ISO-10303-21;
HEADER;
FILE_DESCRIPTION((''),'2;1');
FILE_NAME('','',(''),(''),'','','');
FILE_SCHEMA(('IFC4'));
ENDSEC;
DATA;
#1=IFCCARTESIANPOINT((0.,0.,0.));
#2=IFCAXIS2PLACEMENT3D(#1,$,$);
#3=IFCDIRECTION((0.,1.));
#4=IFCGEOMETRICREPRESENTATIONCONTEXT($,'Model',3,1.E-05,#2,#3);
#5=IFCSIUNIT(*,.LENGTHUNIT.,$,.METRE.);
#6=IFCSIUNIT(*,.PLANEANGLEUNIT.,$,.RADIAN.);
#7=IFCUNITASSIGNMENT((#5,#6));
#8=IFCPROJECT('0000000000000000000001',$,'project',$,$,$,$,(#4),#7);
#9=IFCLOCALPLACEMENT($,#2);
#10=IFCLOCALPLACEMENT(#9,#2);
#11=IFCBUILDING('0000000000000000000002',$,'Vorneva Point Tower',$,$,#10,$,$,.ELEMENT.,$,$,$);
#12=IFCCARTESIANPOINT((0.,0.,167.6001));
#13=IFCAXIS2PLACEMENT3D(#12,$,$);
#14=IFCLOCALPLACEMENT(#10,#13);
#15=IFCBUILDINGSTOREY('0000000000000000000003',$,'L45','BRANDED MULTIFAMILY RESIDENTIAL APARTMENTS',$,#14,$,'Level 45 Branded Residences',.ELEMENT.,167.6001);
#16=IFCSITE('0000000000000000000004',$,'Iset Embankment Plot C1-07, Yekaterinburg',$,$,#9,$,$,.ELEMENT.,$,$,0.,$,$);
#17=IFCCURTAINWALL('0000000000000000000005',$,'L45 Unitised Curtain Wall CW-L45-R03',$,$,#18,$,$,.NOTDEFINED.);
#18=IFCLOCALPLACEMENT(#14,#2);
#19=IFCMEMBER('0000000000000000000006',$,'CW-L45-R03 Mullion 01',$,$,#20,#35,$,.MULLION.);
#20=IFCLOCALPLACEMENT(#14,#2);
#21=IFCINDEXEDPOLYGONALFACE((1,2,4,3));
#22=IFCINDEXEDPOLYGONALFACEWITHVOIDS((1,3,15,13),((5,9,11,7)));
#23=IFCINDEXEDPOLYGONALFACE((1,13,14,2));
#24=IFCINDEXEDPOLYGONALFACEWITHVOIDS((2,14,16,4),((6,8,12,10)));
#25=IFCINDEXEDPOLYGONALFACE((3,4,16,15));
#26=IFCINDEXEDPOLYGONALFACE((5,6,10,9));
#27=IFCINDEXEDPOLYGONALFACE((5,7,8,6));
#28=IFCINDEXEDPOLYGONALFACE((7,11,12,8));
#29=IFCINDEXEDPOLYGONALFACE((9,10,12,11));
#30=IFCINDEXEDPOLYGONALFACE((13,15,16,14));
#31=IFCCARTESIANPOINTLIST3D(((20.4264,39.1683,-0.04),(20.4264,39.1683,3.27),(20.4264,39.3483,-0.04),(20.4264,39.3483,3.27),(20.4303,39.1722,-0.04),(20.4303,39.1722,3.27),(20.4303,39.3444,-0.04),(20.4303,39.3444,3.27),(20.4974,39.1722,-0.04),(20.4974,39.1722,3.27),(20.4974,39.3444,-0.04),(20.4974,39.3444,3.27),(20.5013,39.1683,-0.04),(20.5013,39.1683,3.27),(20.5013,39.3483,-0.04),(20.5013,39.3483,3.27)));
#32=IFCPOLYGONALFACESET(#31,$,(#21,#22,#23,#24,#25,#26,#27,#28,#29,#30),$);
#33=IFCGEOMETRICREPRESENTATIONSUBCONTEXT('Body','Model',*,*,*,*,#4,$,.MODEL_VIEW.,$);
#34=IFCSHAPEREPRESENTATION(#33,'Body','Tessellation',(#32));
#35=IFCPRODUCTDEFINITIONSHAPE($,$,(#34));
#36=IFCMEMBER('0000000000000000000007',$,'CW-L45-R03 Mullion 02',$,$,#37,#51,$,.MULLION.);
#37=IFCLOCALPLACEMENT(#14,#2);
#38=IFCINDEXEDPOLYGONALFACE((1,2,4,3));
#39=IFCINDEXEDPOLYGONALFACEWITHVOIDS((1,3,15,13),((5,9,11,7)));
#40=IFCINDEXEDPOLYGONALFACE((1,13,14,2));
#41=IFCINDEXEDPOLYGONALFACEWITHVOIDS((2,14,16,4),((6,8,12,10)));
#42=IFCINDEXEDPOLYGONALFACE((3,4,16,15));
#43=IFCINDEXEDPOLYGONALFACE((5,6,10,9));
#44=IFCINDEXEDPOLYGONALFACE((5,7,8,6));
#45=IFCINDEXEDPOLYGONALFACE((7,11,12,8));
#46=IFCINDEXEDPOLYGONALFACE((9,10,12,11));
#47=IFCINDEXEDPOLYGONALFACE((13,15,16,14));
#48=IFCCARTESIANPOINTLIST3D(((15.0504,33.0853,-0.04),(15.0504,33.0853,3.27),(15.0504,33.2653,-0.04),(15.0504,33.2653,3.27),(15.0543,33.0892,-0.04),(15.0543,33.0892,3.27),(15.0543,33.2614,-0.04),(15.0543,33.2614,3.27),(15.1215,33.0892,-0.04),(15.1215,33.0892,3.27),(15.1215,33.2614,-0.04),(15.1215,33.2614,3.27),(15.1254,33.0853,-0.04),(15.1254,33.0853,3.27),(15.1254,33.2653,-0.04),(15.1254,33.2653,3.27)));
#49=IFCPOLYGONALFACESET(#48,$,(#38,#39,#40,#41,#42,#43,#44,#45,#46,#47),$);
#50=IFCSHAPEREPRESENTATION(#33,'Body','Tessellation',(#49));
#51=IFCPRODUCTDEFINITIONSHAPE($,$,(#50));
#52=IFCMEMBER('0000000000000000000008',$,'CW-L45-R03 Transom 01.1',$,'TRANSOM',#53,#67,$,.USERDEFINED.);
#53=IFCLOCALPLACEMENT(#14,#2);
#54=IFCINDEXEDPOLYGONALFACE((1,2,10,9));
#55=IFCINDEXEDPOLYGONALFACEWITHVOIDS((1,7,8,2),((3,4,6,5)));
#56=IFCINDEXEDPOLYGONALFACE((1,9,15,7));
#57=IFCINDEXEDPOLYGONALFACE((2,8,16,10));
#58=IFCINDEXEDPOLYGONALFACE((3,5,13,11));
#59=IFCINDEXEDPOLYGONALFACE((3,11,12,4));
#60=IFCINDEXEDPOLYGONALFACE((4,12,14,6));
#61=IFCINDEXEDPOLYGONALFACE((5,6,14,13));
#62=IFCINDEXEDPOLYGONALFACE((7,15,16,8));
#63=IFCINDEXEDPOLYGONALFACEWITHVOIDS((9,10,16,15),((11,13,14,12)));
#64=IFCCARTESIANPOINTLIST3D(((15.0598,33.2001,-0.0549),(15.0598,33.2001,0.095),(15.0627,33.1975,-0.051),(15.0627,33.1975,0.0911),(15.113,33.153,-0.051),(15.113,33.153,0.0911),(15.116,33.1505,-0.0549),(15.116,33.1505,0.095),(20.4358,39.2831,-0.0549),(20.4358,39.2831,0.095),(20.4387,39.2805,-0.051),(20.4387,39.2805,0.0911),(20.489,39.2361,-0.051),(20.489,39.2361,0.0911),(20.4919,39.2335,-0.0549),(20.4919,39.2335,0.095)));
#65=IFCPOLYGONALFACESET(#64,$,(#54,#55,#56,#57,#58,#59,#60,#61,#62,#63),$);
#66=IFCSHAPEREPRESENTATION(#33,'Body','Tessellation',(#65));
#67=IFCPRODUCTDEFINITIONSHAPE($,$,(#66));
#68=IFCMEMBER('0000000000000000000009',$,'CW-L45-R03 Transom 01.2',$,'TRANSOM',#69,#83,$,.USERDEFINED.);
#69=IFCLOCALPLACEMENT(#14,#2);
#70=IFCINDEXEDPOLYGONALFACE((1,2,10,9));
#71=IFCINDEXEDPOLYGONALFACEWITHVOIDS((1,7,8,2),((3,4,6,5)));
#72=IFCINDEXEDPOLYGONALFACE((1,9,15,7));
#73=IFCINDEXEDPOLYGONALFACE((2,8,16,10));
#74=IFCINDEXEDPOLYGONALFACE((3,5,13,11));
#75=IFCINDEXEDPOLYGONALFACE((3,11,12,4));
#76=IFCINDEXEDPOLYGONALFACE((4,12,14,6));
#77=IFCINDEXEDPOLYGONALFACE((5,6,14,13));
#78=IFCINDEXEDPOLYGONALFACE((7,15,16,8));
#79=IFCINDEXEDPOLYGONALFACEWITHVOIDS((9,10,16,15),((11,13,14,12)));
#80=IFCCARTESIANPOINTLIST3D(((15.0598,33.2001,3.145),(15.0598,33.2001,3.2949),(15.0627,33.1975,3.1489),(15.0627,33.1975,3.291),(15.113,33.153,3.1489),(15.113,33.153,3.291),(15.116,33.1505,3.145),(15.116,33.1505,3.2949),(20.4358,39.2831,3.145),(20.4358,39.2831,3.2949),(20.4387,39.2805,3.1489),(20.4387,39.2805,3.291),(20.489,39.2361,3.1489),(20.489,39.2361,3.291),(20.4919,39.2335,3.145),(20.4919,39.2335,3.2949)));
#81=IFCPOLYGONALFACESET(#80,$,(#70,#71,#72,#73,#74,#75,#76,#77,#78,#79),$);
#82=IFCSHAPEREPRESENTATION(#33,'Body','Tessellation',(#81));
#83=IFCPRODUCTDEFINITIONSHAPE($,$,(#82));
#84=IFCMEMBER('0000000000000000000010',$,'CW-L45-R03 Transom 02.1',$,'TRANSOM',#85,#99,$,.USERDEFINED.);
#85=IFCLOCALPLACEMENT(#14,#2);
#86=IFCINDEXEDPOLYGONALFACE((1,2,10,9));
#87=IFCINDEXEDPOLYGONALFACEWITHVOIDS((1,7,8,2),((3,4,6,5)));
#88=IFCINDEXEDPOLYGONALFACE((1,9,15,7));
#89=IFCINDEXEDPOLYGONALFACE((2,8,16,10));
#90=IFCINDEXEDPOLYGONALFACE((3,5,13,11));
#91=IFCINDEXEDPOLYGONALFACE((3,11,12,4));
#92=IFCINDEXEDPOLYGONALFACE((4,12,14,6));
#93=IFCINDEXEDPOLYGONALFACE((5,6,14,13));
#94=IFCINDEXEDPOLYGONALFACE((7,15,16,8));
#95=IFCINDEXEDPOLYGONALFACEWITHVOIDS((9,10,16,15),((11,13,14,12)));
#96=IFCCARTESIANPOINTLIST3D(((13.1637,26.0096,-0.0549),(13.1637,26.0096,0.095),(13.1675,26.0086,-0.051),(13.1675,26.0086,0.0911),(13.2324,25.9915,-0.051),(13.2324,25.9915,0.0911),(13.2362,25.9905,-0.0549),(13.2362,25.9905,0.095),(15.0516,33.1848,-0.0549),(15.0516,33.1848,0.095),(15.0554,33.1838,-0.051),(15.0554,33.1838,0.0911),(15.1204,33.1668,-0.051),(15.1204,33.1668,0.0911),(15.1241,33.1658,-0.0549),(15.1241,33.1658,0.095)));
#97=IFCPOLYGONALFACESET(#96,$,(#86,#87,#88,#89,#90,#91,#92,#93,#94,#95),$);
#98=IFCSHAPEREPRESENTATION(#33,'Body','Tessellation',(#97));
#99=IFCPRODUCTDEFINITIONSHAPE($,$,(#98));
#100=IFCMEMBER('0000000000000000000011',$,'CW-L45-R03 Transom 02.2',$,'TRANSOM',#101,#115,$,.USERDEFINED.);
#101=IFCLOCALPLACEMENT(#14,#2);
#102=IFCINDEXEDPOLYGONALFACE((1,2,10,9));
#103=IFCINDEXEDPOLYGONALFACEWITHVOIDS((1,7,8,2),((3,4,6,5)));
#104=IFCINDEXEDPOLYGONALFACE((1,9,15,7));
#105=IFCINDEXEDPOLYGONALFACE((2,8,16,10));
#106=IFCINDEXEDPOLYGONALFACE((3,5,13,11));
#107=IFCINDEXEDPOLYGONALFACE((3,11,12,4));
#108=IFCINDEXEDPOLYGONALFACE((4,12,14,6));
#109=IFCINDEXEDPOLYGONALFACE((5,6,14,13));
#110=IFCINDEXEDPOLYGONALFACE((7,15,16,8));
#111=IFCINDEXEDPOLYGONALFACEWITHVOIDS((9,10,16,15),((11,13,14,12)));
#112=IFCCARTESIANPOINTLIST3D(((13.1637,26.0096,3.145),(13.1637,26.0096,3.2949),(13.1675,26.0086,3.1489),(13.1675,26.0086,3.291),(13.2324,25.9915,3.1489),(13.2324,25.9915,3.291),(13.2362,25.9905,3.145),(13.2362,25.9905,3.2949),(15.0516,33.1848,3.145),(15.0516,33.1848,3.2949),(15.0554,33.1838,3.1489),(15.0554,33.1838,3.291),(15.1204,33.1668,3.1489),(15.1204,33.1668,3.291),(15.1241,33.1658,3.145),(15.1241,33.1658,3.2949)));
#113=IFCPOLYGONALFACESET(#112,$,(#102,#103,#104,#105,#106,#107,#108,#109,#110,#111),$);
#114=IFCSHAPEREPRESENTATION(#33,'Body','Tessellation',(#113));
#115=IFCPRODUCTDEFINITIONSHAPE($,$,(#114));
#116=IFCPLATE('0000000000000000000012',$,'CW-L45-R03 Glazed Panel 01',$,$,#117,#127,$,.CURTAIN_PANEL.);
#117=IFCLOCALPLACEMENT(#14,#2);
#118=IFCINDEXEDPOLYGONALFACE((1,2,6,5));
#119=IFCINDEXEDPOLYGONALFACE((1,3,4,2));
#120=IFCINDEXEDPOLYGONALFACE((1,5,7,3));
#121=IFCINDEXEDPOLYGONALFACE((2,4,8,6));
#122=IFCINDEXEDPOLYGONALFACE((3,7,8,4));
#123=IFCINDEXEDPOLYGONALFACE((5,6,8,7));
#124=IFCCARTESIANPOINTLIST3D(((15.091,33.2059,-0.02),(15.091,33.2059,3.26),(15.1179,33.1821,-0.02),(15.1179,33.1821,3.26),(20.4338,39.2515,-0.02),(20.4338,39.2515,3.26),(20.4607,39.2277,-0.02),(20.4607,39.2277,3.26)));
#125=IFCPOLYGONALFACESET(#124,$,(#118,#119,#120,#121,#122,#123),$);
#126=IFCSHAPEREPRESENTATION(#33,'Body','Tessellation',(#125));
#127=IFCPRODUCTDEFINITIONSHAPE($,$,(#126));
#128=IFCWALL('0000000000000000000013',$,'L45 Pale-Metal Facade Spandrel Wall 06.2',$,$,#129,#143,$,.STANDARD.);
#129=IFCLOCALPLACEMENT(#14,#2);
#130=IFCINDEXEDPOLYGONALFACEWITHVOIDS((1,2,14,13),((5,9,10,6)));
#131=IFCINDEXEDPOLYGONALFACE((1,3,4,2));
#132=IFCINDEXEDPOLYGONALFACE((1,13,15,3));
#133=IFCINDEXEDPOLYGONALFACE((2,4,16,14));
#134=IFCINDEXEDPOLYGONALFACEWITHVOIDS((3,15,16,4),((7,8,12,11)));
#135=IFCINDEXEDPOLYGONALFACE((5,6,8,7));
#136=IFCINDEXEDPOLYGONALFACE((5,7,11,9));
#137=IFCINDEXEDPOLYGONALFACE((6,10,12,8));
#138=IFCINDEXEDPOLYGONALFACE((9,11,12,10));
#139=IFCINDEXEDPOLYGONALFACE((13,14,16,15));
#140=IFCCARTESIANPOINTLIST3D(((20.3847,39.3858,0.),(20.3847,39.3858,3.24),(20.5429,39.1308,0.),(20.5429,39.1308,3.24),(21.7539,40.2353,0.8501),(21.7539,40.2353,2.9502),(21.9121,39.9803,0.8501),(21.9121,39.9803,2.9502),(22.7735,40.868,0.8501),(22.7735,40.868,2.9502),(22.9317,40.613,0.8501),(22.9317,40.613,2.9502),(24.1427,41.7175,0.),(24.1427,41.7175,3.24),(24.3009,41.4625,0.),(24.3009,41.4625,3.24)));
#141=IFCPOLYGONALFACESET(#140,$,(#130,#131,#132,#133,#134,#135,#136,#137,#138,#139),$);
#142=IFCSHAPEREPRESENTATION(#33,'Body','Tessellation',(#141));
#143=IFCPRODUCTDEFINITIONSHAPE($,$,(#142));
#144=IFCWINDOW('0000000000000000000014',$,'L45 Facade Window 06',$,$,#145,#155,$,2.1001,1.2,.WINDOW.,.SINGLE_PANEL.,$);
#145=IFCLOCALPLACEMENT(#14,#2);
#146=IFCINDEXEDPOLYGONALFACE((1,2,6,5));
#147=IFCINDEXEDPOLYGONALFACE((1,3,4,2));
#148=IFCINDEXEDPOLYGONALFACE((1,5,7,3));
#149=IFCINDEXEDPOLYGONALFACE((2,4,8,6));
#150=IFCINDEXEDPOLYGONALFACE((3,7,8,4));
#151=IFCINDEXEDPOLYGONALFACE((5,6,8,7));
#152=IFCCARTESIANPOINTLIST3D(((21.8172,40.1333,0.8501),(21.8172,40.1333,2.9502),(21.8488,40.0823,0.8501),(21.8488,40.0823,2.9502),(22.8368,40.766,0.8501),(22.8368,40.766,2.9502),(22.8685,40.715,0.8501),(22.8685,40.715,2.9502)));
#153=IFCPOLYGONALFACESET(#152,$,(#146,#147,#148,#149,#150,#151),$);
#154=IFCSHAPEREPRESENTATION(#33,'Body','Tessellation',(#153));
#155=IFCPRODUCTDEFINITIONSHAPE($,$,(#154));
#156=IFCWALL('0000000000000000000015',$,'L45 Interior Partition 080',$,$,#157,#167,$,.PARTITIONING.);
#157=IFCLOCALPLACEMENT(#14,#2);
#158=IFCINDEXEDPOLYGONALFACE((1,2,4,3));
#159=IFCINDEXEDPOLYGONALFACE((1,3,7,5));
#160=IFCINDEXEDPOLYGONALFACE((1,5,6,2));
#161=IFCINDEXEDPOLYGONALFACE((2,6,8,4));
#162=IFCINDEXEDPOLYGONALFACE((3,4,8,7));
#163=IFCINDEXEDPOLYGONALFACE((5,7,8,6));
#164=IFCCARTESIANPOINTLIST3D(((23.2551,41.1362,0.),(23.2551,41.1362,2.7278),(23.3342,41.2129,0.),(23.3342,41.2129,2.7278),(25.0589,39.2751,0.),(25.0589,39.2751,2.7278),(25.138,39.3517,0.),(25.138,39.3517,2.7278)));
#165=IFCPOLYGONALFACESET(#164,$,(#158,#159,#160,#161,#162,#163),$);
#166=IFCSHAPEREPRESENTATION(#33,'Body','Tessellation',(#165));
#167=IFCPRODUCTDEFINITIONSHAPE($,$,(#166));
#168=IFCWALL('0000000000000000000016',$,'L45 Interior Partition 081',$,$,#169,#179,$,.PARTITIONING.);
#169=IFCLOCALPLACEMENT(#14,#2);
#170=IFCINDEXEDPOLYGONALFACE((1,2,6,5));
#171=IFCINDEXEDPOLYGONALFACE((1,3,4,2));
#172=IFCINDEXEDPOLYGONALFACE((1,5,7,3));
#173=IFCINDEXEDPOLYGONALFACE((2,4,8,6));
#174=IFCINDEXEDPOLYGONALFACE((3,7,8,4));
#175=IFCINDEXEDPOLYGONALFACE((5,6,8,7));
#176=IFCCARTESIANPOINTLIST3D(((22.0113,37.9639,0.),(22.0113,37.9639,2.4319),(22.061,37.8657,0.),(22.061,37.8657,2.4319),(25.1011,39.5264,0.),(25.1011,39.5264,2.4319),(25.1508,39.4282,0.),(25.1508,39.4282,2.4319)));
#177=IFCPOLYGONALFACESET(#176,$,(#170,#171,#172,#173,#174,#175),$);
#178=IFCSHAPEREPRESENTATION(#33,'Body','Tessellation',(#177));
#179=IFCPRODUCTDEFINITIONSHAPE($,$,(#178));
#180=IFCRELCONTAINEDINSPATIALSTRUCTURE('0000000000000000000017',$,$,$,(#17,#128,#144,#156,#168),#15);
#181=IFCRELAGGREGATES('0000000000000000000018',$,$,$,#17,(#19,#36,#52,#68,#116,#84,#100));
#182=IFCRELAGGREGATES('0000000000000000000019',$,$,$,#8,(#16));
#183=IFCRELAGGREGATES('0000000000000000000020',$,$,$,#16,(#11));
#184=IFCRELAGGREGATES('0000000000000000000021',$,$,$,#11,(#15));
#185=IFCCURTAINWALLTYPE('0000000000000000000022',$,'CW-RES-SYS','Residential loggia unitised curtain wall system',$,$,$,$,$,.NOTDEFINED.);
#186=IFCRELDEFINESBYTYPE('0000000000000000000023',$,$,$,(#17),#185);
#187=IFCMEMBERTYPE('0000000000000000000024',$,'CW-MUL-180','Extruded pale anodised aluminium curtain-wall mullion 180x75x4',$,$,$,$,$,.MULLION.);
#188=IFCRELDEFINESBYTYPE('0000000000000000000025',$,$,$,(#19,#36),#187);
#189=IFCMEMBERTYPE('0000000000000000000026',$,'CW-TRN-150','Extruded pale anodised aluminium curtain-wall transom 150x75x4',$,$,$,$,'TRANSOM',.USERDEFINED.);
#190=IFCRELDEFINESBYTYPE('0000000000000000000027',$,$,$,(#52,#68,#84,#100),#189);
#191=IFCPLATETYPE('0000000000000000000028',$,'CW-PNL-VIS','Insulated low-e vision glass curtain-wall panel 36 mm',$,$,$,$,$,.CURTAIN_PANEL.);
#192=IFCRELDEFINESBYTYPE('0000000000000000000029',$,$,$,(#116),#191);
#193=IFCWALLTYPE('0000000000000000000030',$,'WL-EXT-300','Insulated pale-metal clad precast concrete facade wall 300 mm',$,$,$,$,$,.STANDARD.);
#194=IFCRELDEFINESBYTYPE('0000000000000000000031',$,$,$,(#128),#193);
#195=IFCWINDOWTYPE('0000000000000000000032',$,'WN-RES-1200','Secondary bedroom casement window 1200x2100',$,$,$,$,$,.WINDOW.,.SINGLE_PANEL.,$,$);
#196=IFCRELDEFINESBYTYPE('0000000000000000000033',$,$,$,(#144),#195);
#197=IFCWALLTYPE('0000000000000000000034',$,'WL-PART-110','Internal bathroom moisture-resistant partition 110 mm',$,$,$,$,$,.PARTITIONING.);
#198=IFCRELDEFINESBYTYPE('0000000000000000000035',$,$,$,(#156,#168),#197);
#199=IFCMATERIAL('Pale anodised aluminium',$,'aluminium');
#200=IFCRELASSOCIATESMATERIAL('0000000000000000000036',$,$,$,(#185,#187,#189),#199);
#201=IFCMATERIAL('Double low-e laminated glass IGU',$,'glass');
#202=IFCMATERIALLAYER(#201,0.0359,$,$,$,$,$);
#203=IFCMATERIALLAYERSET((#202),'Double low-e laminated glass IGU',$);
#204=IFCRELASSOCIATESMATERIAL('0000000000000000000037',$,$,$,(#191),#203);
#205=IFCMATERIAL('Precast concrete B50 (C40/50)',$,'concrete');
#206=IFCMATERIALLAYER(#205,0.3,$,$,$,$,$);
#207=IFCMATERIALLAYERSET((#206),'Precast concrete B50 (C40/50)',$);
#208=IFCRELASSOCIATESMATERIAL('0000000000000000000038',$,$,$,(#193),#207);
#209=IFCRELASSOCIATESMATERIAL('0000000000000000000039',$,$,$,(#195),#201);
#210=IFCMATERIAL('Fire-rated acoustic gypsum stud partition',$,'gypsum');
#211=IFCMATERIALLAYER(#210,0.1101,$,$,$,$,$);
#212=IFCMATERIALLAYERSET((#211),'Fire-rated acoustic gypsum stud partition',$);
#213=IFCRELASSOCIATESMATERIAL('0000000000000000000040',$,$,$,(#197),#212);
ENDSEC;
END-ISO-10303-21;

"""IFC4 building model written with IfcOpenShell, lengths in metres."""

from ifc_helpers import new_model, si_unit, direction, frame, frame_2d, origin, origin_2d, place, context, subcontext, project, spatial, rectangle, hollow_rectangle, extrude, material, layer, layer_set, material_profile, profile_set, type_object, element, fill, aggregate, save


model = new_model("IFC4")

# Units and contexts
model_context = context("Model", 3, precision=1e-05, world=origin(), true_north=direction((0.0, 1.0)))
body_context = subcontext(model_context, "Body", "Model", "MODEL_VIEW")
ifc_project = project(units=[si_unit("LENGTHUNIT", "METRE"), si_unit("PLANEANGLEUNIT", "RADIAN")], contexts=[model_context])

# Site, building, storey
site_placement = place(None, origin())
site = spatial("IfcSite", under=ifc_project, at=site_placement, Name="Iset Embankment Plot C1-07, Yekaterinburg", CompositionType="ELEMENT", RefElevation=0.0)
building_placement = place(site_placement, origin())
building = spatial("IfcBuilding", under=site, at=building_placement, Name="Vorneva Point Tower", CompositionType="ELEMENT")
storey_placement = place(building_placement, frame((0.0, 0.0, 167.6001)))
storey = spatial("IfcBuildingStorey", under=building, at=storey_placement, Name="L45", Description="BRANDED MULTIFAMILY RESIDENTIAL APARTMENTS", LongName="Level 45 Branded Residences", CompositionType="ELEMENT", Elevation=167.6001)

# Curtain wall, members, plate
ifc_material_1 = material(Name="Pale anodised aluminium", Category="aluminium")
curtain_wall_type = type_object("IfcCurtainWallType", Name="CW-RES-SYS", Description="Residential loggia unitised curtain wall system", PredefinedType="NOTDEFINED", material=ifc_material_1)
curtain_wall_placement = place(storey_placement, origin())
curtain_wall = element("IfcCurtainWall", 1, at=curtain_wall_placement, inside=storey, type_object=curtain_wall_type, Name="L45 Unitised Curtain Wall CW-L45-R03", PredefinedType="NOTDEFINED")
ifc_material_profile_1 = material_profile(ifc_material_1, hollow_rectangle(XDim=0.075, YDim=0.1799, WallThickness=0.0039, at=origin_2d()), Name="AL-MUL 180x75x4")
ifc_profile_set_1 = profile_set([ifc_material_profile_1], Name="Pale anodised aluminium")
member_type_1 = type_object("IfcMemberType", Name="CW-MUL-180", Description="Extruded pale anodised aluminium curtain-wall mullion 180x75x4", PredefinedType="MULLION", material=ifc_profile_set_1)
member_1_placement = place(storey_placement, frame((20.4639, 39.2583, -0.04), z_axis=(0.0, 0.0, 1.0), x_axis=(1.0, 0.0, 0.0)))
member_1 = element("IfcMember", 2, at=member_1_placement, type_object=member_type_1, Name="CW-L45-R03 Mullion 01", PredefinedType="MULLION", context=body_context, shape_type="SweptSolid", body=[
    extrude(hollow_rectangle(XDim=0.075, YDim=0.1799, WallThickness=0.0039, at=origin_2d()), origin(), (0.0, 0.0, 1.0), 3.3101),
])
member_2_placement = place(storey_placement, frame((15.0879, 33.1753, -0.04), z_axis=(0.0, 0.0, 1.0), x_axis=(1.0, 0.0, 0.0)))
member_2 = element("IfcMember", 3, at=member_2_placement, type_object=member_type_1, Name="CW-L45-R03 Mullion 02", PredefinedType="MULLION", context=body_context, shape_type="SweptSolid", body=[
    extrude(hollow_rectangle(XDim=0.075, YDim=0.1799, WallThickness=0.0039, at=origin_2d()), origin(), (0.0, 0.0, 1.0), 3.3101),
])
ifc_material_profile_2 = material_profile(ifc_material_1, hollow_rectangle(XDim=0.075, YDim=0.1499, WallThickness=0.0039, at=origin_2d()), Name="AL-TRN 150x75x4")
ifc_profile_set_2 = profile_set([ifc_material_profile_2], Name="Pale anodised aluminium")
member_type_2 = type_object("IfcMemberType", Name="CW-TRN-150", Description="Extruded pale anodised aluminium curtain-wall transom 150x75x4", ElementType="TRANSOM", PredefinedType="USERDEFINED", material=ifc_profile_set_2)
member_3_placement = place(storey_placement, frame((20.4639, 39.2583, 0.02), z_axis=(-0.662218, -0.749311, 0.0), x_axis=(0.749311, -0.662218, 0.0)))
member_3 = element("IfcMember", 4, at=member_3_placement, type_object=member_type_2, Name="CW-L45-R03 Transom 01.1", ObjectType="TRANSOM", PredefinedType="USERDEFINED", context=body_context, shape_type="SweptSolid", body=[
    extrude(hollow_rectangle(XDim=0.075, YDim=0.1499, WallThickness=0.0039, at=origin_2d()), origin(), (0.0, 0.0, 1.0), 8.1182),
])
member_4_placement = place(storey_placement, frame((20.4639, 39.2583, 3.22), z_axis=(-0.662218, -0.749311, 0.0), x_axis=(0.749311, -0.662218, 0.0)))
member_4 = element("IfcMember", 5, at=member_4_placement, type_object=member_type_2, Name="CW-L45-R03 Transom 01.2", ObjectType="TRANSOM", PredefinedType="USERDEFINED", context=body_context, shape_type="SweptSolid", body=[
    extrude(hollow_rectangle(XDim=0.075, YDim=0.1499, WallThickness=0.0039, at=origin_2d()), origin(), (0.0, 0.0, 1.0), 8.1182),
])
member_5_placement = place(storey_placement, frame((15.0879, 33.1753, 0.02), z_axis=(-0.254456, -0.967084, 0.0), x_axis=(0.967084, -0.254456, 0.0)))
member_5 = element("IfcMember", 6, at=member_5_placement, type_object=member_type_2, Name="CW-L45-R03 Transom 02.1", ObjectType="TRANSOM", PredefinedType="USERDEFINED", context=body_context, shape_type="SweptSolid", body=[
    extrude(hollow_rectangle(XDim=0.075, YDim=0.1499, WallThickness=0.0039, at=origin_2d()), origin(), (0.0, 0.0, 1.0), 7.4194),
])
member_6_placement = place(storey_placement, frame((15.0879, 33.1753, 3.22), z_axis=(-0.254456, -0.967084, 0.0), x_axis=(0.967084, -0.254456, 0.0)))
member_6 = element("IfcMember", 7, at=member_6_placement, type_object=member_type_2, Name="CW-L45-R03 Transom 02.2", ObjectType="TRANSOM", PredefinedType="USERDEFINED", context=body_context, shape_type="SweptSolid", body=[
    extrude(hollow_rectangle(XDim=0.075, YDim=0.1499, WallThickness=0.0039, at=origin_2d()), origin(), (0.0, 0.0, 1.0), 7.4194),
])
ifc_material_2 = material(Name="Double low-e laminated glass IGU", Category="glass")
ifc_layer_1 = layer(ifc_material_2, 0.0359)
ifc_layer_set_1 = layer_set([ifc_layer_1], Name="Double low-e laminated glass IGU")
plate_type = type_object("IfcPlateType", Name="CW-PNL-VIS", Description="Insulated low-e vision glass curtain-wall panel 36 mm", PredefinedType="CURTAIN_PANEL", material=ifc_layer_set_1)
plate_placement = place(storey_placement, frame((17.7759, 36.2168, -0.02), z_axis=(0.0, 0.0, 1.0), x_axis=(-0.662215, -0.749314, 0.0)))
plate = element("IfcPlate", 8, at=plate_placement, type_object=plate_type, Name="CW-L45-R03 Glazed Panel 01", PredefinedType="CURTAIN_PANEL", context=body_context, shape_type="SweptSolid", body=[
    extrude(rectangle(XDim=8.0681, YDim=0.0359, at=origin_2d()), origin(), (0.0, 0.0, 1.0), 3.28),
])
aggregate(curtain_wall, [member_1, member_2, member_3, member_4, plate, member_5, member_6])

# Wall, opening, window
ifc_material_3 = material(Name="Precast concrete B50 (C40/50)", Category="concrete")
ifc_layer_2 = layer(ifc_material_3, 0.3)
ifc_layer_set_2 = layer_set([ifc_layer_2], Name="Precast concrete B50 (C40/50)")
wall_type_1 = type_object("IfcWallType", Name="WL-EXT-300", Description="Insulated pale-metal clad precast concrete facade wall 300 mm", PredefinedType="STANDARD", material=ifc_layer_set_2)
wall_1_placement = place(storey_placement, frame((24.2219, 41.5901, 0.0), z_axis=(0.0, 0.0, 1.0), x_axis=(-0.849721, -0.527232, 0.0)))
wall_1 = element("IfcWall", 9, at=wall_1_placement, inside=storey, type_object=wall_type_1, Name="L45 Pale-Metal Facade Spandrel Wall 06.2", PredefinedType="STANDARD", context=body_context, shape_type="SweptSolid", body=[
    extrude(rectangle(XDim=4.4226, YDim=0.3, at=frame_2d((2.2114, 0.0))), origin(), (0.0, 0.0, 1.0), 3.24),
])
opening_1_placement = place(wall_1_placement, frame((1.6113, 0.0, 0.8501)))
opening_1 = element("IfcOpeningElement", 10, at=opening_1_placement, cuts=wall_1, PredefinedType="OPENING", context=body_context, shape_type="SweptSolid", body=[
    extrude(rectangle(XDim=1.2, YDim=2.1001, at=frame_2d((0.6001, 1.05))), frame((0.0, 0.165, 0.0), z_axis=(0.0, -1.0, 0.0), x_axis=(1.0, 0.0, 0.0)), (0.0, 0.0, 1.0), 0.3298),
])
window_type = type_object("IfcWindowType", Name="WN-RES-1200", Description="Secondary bedroom casement window 1200x2100", PartitioningType="SINGLE_PANEL", PredefinedType="WINDOW", material=ifc_material_2)
window_placement = place(opening_1_placement, origin())
window = element("IfcWindow", 11, at=window_placement, inside=storey, type_object=window_type, Name="L45 Facade Window 06", OverallHeight=2.1001, OverallWidth=1.2, PartitioningType="SINGLE_PANEL", PredefinedType="WINDOW", context=body_context, shape_type="SweptSolid", body=[
    extrude(rectangle(XDim=1.2, YDim=2.1001, at=frame_2d((0.6001, 1.05))), frame((0.0, 0.03, 0.0), z_axis=(0.0, -1.0, 0.0), x_axis=(1.0, 0.0, 0.0)), (0.0, 0.0, 1.0), 0.0601),
])
fill(opening_1, window)

# Walls
ifc_material_4 = material(Name="Fire-rated acoustic gypsum stud partition", Category="gypsum")
ifc_layer_3 = layer(ifc_material_4, 0.1101)
ifc_layer_set_3 = layer_set([ifc_layer_3], Name="Fire-rated acoustic gypsum stud partition")
wall_type_2 = type_object("IfcWallType", Name="WL-PART-110", Description="Internal bathroom moisture-resistant partition 110 mm", PredefinedType="PARTITIONING", material=ifc_layer_set_3)
wall_2_placement = place(storey_placement, frame((23.2947, 41.1746, 0.0), z_axis=(0.0, 0.0, 1.0), x_axis=(0.695952, -0.718089, 0.0)))
element("IfcWall", 12, at=wall_2_placement, inside=storey, type_object=wall_type_2, Name="L45 Interior Partition 080", PredefinedType="PARTITIONING", context=body_context, shape_type="SweptSolid", body=[
    extrude(rectangle(XDim=2.5918, YDim=0.1101, at=frame_2d((1.2959, 0.0))), origin(), (0.0, 0.0, 1.0), 2.7278),
])
wall_3_placement = place(storey_placement, frame((25.126, 39.4773, 0.0), z_axis=(0.0, 0.0, 1.0), x_axis=(-0.892387, -0.45127, 0.0)))
element("IfcWall", 13, at=wall_3_placement, inside=storey, type_object=wall_type_2, Name="L45 Interior Partition 081", PredefinedType="PARTITIONING", context=body_context, shape_type="SweptSolid", body=[
    extrude(rectangle(XDim=3.4624, YDim=0.1101, at=frame_2d((1.7312, 0.0))), origin(), (0.0, 0.0, 1.0), 2.4319),
])

save(model, "model.ifc")
